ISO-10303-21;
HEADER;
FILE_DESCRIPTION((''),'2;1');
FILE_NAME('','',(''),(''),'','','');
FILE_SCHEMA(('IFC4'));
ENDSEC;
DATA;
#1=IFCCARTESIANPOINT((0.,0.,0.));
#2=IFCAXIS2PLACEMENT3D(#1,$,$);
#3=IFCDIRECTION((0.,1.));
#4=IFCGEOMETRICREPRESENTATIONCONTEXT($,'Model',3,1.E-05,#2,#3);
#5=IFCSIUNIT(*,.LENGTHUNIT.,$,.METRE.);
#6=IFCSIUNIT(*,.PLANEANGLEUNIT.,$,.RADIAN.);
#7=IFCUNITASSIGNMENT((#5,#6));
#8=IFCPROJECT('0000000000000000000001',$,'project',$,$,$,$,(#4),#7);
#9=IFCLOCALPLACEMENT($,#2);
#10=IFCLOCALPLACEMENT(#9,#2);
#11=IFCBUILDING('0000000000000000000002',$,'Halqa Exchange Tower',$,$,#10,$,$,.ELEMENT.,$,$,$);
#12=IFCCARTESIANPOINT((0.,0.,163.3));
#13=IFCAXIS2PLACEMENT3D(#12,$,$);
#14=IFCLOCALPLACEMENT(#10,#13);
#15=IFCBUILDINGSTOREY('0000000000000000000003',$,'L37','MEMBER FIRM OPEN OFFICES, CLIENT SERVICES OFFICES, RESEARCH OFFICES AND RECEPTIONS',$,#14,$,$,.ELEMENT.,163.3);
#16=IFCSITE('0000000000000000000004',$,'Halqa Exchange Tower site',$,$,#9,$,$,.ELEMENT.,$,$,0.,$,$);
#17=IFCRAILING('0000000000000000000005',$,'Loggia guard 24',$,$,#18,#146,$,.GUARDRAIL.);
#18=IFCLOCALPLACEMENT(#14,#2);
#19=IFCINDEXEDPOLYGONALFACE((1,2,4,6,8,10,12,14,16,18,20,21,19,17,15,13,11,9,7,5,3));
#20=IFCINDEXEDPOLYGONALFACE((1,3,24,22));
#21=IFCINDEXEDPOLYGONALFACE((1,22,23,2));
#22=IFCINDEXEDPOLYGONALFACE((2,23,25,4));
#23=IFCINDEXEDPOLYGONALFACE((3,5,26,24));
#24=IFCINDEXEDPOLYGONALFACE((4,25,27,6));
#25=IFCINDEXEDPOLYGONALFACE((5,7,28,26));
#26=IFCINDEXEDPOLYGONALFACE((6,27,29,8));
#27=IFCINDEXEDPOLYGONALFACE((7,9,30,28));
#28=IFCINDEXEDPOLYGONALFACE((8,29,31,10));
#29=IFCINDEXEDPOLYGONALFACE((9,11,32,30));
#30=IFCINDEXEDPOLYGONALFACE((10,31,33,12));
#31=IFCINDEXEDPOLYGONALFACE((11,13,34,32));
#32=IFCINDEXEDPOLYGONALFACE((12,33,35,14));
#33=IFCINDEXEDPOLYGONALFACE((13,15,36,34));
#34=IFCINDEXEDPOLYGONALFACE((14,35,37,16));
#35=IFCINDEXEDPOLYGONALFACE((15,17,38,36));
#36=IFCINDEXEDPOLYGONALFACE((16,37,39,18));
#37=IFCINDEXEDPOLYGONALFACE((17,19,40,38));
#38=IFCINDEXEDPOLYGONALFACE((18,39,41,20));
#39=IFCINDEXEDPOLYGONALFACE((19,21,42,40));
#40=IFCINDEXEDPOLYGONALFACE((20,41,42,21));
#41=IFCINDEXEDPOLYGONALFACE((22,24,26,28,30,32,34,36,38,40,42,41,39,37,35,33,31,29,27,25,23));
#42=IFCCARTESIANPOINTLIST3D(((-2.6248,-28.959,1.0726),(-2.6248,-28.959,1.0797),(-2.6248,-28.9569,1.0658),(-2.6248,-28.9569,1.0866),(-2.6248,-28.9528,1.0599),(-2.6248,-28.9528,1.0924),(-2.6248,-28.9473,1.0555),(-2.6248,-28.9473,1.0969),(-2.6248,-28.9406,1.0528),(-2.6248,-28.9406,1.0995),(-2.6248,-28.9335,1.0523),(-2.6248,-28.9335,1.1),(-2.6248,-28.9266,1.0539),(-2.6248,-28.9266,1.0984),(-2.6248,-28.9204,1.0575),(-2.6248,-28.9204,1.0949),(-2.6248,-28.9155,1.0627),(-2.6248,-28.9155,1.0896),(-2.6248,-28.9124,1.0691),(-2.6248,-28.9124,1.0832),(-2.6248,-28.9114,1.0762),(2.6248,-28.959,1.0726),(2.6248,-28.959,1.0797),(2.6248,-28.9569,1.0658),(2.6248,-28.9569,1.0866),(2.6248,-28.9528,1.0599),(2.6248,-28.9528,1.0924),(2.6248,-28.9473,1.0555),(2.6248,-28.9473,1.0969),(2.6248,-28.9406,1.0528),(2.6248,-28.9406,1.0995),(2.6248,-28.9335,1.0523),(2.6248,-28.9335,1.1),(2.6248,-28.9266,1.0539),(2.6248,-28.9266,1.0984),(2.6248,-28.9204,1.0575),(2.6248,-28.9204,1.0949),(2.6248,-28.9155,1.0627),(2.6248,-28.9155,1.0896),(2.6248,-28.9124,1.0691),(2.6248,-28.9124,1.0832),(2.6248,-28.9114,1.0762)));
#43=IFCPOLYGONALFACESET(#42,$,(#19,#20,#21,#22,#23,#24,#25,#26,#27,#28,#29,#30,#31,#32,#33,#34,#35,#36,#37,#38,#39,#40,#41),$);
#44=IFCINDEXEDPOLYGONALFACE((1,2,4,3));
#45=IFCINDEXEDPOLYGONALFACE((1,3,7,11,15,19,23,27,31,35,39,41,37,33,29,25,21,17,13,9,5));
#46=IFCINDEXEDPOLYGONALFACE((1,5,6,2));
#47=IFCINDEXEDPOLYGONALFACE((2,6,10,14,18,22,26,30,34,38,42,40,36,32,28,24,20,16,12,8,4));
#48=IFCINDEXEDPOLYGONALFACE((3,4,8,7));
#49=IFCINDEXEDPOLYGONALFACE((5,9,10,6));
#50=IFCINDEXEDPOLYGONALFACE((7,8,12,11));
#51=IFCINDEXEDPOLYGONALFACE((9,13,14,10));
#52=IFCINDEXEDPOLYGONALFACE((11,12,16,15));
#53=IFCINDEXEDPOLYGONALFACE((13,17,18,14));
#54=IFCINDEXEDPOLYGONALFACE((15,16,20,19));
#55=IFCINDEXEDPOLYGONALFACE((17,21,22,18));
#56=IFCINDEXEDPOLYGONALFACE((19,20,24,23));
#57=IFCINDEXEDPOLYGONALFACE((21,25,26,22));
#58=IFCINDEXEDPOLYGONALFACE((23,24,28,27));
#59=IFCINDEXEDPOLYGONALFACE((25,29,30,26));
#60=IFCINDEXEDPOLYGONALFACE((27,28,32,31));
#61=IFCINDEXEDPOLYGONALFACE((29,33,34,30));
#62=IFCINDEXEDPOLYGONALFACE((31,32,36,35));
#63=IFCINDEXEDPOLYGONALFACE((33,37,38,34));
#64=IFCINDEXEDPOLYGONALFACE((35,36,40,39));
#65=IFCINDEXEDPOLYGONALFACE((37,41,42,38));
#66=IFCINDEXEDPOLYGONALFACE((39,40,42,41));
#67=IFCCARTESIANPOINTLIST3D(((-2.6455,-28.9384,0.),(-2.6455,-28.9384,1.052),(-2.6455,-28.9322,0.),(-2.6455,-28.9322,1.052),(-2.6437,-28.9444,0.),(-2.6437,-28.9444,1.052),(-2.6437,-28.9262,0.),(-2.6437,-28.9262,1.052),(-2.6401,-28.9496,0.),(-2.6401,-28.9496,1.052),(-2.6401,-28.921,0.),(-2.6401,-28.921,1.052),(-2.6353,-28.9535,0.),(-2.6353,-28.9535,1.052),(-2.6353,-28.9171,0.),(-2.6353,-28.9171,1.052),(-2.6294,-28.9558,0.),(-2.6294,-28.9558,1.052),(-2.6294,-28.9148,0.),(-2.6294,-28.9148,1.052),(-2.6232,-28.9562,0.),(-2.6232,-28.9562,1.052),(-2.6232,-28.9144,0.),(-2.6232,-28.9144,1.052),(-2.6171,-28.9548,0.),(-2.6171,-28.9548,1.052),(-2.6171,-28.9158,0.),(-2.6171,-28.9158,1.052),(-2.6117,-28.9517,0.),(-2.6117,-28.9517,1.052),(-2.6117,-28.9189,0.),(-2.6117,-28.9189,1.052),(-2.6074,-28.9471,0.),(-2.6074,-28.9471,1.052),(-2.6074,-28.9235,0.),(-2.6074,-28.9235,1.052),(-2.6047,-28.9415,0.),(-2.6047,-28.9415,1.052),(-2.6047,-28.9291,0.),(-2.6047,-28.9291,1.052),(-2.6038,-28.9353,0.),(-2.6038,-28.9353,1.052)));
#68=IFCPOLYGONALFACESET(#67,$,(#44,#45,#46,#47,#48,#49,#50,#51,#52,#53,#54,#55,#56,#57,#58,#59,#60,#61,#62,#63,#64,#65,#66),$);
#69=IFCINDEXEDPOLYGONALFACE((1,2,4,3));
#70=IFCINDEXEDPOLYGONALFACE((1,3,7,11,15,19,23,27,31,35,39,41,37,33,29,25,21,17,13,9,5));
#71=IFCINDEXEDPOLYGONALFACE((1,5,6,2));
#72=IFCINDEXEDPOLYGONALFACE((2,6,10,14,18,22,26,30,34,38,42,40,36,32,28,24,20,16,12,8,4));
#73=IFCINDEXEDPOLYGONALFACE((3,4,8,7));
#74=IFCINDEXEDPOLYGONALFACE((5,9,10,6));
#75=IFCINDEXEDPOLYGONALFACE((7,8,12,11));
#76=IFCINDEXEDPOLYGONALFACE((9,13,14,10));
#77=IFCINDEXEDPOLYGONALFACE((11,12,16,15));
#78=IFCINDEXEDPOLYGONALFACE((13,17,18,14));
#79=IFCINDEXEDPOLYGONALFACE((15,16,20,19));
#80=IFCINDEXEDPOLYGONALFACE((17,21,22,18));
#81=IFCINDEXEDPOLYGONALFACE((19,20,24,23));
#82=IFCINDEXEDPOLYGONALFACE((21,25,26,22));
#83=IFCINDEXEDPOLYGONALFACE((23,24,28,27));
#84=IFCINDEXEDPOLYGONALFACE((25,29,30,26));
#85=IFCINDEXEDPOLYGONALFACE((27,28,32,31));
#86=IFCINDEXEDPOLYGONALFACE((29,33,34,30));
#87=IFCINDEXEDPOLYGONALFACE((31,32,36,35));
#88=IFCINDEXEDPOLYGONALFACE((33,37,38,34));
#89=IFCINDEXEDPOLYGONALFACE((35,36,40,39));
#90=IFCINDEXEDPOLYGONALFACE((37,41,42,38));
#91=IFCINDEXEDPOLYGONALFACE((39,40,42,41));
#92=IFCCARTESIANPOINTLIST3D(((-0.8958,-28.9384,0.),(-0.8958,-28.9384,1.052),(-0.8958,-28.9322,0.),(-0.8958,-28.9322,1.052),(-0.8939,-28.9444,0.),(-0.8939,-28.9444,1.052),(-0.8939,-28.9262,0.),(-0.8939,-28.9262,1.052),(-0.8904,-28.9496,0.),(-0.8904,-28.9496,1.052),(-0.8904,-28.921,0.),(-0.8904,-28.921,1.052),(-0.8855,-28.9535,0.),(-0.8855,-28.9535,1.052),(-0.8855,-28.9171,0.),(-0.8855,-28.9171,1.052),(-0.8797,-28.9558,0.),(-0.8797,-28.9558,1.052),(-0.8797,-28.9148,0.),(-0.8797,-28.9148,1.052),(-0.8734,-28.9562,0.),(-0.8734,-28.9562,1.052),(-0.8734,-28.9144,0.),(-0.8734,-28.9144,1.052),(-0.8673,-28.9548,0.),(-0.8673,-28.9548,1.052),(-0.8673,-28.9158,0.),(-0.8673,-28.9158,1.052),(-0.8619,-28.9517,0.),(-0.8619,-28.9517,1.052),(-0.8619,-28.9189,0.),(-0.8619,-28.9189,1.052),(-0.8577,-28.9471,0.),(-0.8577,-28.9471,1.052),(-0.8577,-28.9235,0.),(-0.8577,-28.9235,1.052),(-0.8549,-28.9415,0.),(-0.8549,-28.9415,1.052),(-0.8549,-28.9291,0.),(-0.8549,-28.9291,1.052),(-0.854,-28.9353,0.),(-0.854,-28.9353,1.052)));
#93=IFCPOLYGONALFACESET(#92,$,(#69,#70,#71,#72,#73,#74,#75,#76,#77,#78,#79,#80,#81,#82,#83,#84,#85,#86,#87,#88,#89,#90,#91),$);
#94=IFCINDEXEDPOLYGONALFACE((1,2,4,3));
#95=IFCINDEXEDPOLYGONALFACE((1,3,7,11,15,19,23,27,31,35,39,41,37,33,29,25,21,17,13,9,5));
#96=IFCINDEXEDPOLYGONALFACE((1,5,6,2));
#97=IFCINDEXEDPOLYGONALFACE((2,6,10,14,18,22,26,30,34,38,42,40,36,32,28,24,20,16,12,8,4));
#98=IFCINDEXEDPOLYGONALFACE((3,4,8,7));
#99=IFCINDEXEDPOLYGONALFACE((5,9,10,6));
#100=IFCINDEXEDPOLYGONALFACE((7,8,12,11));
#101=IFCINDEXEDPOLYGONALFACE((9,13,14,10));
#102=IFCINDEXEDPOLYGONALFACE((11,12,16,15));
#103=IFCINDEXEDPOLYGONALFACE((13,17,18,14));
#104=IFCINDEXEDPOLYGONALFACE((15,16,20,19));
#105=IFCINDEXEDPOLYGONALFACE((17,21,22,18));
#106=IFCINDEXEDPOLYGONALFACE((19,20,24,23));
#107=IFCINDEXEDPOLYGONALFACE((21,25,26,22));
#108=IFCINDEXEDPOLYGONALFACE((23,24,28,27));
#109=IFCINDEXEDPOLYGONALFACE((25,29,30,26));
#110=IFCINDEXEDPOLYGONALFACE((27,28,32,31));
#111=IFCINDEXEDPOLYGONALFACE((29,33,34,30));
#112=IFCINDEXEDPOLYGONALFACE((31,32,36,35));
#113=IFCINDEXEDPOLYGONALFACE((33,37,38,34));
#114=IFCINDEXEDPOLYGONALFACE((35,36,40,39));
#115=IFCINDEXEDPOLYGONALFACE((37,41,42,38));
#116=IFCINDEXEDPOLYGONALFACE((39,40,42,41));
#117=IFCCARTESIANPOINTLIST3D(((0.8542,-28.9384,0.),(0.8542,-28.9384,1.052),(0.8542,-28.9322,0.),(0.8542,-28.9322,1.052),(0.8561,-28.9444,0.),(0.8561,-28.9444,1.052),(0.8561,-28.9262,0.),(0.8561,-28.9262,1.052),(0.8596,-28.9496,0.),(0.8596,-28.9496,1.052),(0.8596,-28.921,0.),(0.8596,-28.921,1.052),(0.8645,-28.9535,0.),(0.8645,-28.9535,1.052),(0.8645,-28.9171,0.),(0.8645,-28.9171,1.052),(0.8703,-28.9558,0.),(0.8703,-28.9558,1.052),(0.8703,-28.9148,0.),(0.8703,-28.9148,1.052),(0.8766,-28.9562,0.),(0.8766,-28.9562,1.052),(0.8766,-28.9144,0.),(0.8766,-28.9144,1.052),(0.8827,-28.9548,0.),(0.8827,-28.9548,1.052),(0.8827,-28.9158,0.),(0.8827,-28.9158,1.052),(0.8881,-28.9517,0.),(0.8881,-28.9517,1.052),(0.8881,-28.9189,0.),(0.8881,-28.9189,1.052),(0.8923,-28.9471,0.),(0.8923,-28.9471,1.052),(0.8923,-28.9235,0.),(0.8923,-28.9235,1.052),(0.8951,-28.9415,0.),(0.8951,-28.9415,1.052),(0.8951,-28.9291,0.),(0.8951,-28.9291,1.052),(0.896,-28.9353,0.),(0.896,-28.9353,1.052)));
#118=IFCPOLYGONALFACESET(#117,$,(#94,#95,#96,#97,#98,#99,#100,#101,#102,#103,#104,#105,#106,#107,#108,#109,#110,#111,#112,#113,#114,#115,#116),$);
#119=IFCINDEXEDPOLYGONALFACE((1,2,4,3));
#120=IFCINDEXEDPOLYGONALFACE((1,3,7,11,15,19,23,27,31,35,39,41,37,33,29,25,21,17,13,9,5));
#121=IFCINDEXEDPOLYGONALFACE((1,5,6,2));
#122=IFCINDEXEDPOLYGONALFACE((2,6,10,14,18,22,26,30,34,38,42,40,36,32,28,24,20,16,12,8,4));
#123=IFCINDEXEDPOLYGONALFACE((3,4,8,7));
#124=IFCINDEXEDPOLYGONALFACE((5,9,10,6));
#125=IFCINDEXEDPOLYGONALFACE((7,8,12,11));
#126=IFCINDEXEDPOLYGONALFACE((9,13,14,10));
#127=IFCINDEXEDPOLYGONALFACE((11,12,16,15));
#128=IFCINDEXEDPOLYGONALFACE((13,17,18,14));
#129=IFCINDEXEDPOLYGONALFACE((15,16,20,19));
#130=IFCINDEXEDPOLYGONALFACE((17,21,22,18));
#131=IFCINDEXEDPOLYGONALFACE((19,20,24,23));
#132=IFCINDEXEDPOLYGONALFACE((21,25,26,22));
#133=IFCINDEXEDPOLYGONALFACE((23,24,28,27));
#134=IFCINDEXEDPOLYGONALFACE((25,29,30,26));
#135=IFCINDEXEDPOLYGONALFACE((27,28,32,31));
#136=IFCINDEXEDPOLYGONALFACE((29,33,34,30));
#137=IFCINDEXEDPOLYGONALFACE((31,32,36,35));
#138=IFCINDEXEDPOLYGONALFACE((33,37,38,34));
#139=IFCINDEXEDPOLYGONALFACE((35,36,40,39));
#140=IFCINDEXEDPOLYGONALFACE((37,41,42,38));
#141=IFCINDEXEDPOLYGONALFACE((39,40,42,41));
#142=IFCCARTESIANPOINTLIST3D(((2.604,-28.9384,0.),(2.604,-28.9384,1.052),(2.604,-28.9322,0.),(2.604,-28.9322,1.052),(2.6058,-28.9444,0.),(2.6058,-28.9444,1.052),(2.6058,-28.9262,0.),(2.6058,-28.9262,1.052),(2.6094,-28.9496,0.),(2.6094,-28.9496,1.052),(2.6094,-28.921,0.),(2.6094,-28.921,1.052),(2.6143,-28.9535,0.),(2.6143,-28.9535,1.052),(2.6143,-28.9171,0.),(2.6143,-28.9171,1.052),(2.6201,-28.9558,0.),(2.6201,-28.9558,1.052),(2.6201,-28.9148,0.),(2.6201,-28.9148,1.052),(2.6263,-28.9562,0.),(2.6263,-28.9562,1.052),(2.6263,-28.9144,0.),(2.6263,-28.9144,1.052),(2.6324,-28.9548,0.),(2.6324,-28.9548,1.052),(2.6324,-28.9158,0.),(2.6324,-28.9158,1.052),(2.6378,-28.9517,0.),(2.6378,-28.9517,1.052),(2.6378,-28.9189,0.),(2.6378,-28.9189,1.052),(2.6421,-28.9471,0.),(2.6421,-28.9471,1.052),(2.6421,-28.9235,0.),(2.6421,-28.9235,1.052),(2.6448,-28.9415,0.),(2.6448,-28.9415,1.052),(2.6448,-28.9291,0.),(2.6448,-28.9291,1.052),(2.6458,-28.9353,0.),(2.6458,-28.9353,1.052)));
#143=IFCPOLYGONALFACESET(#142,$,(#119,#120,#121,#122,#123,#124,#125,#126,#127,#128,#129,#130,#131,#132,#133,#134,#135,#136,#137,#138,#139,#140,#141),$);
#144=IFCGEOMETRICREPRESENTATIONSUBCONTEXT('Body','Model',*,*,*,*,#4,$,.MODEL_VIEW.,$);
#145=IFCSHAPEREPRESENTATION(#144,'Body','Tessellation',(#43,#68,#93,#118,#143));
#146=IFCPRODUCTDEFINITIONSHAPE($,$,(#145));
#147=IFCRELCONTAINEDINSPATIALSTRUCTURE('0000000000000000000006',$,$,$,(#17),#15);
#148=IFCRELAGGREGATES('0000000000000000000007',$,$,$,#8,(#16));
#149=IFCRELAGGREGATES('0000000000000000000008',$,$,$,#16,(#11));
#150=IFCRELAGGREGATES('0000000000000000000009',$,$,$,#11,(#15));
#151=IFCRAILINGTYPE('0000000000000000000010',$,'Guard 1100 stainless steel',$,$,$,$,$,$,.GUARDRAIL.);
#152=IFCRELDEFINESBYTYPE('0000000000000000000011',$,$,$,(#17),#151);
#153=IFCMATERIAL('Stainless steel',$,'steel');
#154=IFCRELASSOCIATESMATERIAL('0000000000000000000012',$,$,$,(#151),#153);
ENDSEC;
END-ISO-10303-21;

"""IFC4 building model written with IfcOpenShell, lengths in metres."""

from ifc_helpers import new_model, si_unit, direction, frame, origin, origin_2d, place, context, subcontext, project, spatial, circle, extrude, material, type_object, element, save


model = new_model("IFC4")

# Units and contexts
model_context = context("Model", 3, precision=1e-05, world=origin(), true_north=direction((0.0, 1.0)))
body_context = subcontext(model_context, "Body", "Model", "MODEL_VIEW")
ifc_project = project(units=[si_unit("LENGTHUNIT", "METRE"), si_unit("PLANEANGLEUNIT", "RADIAN")], contexts=[model_context])

# Site, building, storey
site_placement = place(None, origin())
site = spatial("IfcSite", under=ifc_project, at=site_placement, Name="Halqa Exchange Tower site", CompositionType="ELEMENT", RefElevation=0.0)
building_placement = place(site_placement, origin())
building = spatial("IfcBuilding", under=site, at=building_placement, Name="Halqa Exchange Tower", CompositionType="ELEMENT")
storey_placement = place(building_placement, frame((0.0, 0.0, 163.3)))
storey = spatial("IfcBuildingStorey", under=building, at=storey_placement, Name="L37", Description="MEMBER FIRM OPEN OFFICES, CLIENT SERVICES OFFICES, RESEARCH OFFICES AND RECEPTIONS", CompositionType="ELEMENT", Elevation=163.3)

# Railing
ifc_material_1 = material(Name="Stainless steel", Category="steel")
railing_type = type_object("IfcRailingType", Name="Guard 1100 stainless steel", PredefinedType="GUARDRAIL", material=ifc_material_1)
railing_1_placement = place(storey_placement, frame((-2.6248, -28.9353, 0.0)))
element("IfcRailing", 1, at=railing_1_placement, inside=storey, type_object=railing_type, Name="Loggia guard 24", PredefinedType="GUARDRAIL", context=body_context, shape_type="SweptSolid", body=[
    extrude(circle(Radius=0.0239, at=origin_2d()), frame((0.0, 0.0, 1.0762), z_axis=(1.0, 0.0, 0.0), x_axis=(0.0, 1.0, 0.0)), (0.0, 0.0, 1.0), 5.2495),
    extrude(circle(Radius=0.021, at=origin_2d()), origin(), (0.0, 0.0, 1.0), 1.052),
    extrude(circle(Radius=0.021, at=origin_2d()), frame((1.7498, 0.0, 0.0)), (0.0, 0.0, 1.0), 1.052),
    extrude(circle(Radius=0.021, at=origin_2d()), frame((3.4998, 0.0, 0.0)), (0.0, 0.0, 1.0), 1.052),
    extrude(circle(Radius=0.021, at=origin_2d()), frame((5.2495, 0.0, 0.0)), (0.0, 0.0, 1.0), 1.052),
])

save(model, "model.ifc")
